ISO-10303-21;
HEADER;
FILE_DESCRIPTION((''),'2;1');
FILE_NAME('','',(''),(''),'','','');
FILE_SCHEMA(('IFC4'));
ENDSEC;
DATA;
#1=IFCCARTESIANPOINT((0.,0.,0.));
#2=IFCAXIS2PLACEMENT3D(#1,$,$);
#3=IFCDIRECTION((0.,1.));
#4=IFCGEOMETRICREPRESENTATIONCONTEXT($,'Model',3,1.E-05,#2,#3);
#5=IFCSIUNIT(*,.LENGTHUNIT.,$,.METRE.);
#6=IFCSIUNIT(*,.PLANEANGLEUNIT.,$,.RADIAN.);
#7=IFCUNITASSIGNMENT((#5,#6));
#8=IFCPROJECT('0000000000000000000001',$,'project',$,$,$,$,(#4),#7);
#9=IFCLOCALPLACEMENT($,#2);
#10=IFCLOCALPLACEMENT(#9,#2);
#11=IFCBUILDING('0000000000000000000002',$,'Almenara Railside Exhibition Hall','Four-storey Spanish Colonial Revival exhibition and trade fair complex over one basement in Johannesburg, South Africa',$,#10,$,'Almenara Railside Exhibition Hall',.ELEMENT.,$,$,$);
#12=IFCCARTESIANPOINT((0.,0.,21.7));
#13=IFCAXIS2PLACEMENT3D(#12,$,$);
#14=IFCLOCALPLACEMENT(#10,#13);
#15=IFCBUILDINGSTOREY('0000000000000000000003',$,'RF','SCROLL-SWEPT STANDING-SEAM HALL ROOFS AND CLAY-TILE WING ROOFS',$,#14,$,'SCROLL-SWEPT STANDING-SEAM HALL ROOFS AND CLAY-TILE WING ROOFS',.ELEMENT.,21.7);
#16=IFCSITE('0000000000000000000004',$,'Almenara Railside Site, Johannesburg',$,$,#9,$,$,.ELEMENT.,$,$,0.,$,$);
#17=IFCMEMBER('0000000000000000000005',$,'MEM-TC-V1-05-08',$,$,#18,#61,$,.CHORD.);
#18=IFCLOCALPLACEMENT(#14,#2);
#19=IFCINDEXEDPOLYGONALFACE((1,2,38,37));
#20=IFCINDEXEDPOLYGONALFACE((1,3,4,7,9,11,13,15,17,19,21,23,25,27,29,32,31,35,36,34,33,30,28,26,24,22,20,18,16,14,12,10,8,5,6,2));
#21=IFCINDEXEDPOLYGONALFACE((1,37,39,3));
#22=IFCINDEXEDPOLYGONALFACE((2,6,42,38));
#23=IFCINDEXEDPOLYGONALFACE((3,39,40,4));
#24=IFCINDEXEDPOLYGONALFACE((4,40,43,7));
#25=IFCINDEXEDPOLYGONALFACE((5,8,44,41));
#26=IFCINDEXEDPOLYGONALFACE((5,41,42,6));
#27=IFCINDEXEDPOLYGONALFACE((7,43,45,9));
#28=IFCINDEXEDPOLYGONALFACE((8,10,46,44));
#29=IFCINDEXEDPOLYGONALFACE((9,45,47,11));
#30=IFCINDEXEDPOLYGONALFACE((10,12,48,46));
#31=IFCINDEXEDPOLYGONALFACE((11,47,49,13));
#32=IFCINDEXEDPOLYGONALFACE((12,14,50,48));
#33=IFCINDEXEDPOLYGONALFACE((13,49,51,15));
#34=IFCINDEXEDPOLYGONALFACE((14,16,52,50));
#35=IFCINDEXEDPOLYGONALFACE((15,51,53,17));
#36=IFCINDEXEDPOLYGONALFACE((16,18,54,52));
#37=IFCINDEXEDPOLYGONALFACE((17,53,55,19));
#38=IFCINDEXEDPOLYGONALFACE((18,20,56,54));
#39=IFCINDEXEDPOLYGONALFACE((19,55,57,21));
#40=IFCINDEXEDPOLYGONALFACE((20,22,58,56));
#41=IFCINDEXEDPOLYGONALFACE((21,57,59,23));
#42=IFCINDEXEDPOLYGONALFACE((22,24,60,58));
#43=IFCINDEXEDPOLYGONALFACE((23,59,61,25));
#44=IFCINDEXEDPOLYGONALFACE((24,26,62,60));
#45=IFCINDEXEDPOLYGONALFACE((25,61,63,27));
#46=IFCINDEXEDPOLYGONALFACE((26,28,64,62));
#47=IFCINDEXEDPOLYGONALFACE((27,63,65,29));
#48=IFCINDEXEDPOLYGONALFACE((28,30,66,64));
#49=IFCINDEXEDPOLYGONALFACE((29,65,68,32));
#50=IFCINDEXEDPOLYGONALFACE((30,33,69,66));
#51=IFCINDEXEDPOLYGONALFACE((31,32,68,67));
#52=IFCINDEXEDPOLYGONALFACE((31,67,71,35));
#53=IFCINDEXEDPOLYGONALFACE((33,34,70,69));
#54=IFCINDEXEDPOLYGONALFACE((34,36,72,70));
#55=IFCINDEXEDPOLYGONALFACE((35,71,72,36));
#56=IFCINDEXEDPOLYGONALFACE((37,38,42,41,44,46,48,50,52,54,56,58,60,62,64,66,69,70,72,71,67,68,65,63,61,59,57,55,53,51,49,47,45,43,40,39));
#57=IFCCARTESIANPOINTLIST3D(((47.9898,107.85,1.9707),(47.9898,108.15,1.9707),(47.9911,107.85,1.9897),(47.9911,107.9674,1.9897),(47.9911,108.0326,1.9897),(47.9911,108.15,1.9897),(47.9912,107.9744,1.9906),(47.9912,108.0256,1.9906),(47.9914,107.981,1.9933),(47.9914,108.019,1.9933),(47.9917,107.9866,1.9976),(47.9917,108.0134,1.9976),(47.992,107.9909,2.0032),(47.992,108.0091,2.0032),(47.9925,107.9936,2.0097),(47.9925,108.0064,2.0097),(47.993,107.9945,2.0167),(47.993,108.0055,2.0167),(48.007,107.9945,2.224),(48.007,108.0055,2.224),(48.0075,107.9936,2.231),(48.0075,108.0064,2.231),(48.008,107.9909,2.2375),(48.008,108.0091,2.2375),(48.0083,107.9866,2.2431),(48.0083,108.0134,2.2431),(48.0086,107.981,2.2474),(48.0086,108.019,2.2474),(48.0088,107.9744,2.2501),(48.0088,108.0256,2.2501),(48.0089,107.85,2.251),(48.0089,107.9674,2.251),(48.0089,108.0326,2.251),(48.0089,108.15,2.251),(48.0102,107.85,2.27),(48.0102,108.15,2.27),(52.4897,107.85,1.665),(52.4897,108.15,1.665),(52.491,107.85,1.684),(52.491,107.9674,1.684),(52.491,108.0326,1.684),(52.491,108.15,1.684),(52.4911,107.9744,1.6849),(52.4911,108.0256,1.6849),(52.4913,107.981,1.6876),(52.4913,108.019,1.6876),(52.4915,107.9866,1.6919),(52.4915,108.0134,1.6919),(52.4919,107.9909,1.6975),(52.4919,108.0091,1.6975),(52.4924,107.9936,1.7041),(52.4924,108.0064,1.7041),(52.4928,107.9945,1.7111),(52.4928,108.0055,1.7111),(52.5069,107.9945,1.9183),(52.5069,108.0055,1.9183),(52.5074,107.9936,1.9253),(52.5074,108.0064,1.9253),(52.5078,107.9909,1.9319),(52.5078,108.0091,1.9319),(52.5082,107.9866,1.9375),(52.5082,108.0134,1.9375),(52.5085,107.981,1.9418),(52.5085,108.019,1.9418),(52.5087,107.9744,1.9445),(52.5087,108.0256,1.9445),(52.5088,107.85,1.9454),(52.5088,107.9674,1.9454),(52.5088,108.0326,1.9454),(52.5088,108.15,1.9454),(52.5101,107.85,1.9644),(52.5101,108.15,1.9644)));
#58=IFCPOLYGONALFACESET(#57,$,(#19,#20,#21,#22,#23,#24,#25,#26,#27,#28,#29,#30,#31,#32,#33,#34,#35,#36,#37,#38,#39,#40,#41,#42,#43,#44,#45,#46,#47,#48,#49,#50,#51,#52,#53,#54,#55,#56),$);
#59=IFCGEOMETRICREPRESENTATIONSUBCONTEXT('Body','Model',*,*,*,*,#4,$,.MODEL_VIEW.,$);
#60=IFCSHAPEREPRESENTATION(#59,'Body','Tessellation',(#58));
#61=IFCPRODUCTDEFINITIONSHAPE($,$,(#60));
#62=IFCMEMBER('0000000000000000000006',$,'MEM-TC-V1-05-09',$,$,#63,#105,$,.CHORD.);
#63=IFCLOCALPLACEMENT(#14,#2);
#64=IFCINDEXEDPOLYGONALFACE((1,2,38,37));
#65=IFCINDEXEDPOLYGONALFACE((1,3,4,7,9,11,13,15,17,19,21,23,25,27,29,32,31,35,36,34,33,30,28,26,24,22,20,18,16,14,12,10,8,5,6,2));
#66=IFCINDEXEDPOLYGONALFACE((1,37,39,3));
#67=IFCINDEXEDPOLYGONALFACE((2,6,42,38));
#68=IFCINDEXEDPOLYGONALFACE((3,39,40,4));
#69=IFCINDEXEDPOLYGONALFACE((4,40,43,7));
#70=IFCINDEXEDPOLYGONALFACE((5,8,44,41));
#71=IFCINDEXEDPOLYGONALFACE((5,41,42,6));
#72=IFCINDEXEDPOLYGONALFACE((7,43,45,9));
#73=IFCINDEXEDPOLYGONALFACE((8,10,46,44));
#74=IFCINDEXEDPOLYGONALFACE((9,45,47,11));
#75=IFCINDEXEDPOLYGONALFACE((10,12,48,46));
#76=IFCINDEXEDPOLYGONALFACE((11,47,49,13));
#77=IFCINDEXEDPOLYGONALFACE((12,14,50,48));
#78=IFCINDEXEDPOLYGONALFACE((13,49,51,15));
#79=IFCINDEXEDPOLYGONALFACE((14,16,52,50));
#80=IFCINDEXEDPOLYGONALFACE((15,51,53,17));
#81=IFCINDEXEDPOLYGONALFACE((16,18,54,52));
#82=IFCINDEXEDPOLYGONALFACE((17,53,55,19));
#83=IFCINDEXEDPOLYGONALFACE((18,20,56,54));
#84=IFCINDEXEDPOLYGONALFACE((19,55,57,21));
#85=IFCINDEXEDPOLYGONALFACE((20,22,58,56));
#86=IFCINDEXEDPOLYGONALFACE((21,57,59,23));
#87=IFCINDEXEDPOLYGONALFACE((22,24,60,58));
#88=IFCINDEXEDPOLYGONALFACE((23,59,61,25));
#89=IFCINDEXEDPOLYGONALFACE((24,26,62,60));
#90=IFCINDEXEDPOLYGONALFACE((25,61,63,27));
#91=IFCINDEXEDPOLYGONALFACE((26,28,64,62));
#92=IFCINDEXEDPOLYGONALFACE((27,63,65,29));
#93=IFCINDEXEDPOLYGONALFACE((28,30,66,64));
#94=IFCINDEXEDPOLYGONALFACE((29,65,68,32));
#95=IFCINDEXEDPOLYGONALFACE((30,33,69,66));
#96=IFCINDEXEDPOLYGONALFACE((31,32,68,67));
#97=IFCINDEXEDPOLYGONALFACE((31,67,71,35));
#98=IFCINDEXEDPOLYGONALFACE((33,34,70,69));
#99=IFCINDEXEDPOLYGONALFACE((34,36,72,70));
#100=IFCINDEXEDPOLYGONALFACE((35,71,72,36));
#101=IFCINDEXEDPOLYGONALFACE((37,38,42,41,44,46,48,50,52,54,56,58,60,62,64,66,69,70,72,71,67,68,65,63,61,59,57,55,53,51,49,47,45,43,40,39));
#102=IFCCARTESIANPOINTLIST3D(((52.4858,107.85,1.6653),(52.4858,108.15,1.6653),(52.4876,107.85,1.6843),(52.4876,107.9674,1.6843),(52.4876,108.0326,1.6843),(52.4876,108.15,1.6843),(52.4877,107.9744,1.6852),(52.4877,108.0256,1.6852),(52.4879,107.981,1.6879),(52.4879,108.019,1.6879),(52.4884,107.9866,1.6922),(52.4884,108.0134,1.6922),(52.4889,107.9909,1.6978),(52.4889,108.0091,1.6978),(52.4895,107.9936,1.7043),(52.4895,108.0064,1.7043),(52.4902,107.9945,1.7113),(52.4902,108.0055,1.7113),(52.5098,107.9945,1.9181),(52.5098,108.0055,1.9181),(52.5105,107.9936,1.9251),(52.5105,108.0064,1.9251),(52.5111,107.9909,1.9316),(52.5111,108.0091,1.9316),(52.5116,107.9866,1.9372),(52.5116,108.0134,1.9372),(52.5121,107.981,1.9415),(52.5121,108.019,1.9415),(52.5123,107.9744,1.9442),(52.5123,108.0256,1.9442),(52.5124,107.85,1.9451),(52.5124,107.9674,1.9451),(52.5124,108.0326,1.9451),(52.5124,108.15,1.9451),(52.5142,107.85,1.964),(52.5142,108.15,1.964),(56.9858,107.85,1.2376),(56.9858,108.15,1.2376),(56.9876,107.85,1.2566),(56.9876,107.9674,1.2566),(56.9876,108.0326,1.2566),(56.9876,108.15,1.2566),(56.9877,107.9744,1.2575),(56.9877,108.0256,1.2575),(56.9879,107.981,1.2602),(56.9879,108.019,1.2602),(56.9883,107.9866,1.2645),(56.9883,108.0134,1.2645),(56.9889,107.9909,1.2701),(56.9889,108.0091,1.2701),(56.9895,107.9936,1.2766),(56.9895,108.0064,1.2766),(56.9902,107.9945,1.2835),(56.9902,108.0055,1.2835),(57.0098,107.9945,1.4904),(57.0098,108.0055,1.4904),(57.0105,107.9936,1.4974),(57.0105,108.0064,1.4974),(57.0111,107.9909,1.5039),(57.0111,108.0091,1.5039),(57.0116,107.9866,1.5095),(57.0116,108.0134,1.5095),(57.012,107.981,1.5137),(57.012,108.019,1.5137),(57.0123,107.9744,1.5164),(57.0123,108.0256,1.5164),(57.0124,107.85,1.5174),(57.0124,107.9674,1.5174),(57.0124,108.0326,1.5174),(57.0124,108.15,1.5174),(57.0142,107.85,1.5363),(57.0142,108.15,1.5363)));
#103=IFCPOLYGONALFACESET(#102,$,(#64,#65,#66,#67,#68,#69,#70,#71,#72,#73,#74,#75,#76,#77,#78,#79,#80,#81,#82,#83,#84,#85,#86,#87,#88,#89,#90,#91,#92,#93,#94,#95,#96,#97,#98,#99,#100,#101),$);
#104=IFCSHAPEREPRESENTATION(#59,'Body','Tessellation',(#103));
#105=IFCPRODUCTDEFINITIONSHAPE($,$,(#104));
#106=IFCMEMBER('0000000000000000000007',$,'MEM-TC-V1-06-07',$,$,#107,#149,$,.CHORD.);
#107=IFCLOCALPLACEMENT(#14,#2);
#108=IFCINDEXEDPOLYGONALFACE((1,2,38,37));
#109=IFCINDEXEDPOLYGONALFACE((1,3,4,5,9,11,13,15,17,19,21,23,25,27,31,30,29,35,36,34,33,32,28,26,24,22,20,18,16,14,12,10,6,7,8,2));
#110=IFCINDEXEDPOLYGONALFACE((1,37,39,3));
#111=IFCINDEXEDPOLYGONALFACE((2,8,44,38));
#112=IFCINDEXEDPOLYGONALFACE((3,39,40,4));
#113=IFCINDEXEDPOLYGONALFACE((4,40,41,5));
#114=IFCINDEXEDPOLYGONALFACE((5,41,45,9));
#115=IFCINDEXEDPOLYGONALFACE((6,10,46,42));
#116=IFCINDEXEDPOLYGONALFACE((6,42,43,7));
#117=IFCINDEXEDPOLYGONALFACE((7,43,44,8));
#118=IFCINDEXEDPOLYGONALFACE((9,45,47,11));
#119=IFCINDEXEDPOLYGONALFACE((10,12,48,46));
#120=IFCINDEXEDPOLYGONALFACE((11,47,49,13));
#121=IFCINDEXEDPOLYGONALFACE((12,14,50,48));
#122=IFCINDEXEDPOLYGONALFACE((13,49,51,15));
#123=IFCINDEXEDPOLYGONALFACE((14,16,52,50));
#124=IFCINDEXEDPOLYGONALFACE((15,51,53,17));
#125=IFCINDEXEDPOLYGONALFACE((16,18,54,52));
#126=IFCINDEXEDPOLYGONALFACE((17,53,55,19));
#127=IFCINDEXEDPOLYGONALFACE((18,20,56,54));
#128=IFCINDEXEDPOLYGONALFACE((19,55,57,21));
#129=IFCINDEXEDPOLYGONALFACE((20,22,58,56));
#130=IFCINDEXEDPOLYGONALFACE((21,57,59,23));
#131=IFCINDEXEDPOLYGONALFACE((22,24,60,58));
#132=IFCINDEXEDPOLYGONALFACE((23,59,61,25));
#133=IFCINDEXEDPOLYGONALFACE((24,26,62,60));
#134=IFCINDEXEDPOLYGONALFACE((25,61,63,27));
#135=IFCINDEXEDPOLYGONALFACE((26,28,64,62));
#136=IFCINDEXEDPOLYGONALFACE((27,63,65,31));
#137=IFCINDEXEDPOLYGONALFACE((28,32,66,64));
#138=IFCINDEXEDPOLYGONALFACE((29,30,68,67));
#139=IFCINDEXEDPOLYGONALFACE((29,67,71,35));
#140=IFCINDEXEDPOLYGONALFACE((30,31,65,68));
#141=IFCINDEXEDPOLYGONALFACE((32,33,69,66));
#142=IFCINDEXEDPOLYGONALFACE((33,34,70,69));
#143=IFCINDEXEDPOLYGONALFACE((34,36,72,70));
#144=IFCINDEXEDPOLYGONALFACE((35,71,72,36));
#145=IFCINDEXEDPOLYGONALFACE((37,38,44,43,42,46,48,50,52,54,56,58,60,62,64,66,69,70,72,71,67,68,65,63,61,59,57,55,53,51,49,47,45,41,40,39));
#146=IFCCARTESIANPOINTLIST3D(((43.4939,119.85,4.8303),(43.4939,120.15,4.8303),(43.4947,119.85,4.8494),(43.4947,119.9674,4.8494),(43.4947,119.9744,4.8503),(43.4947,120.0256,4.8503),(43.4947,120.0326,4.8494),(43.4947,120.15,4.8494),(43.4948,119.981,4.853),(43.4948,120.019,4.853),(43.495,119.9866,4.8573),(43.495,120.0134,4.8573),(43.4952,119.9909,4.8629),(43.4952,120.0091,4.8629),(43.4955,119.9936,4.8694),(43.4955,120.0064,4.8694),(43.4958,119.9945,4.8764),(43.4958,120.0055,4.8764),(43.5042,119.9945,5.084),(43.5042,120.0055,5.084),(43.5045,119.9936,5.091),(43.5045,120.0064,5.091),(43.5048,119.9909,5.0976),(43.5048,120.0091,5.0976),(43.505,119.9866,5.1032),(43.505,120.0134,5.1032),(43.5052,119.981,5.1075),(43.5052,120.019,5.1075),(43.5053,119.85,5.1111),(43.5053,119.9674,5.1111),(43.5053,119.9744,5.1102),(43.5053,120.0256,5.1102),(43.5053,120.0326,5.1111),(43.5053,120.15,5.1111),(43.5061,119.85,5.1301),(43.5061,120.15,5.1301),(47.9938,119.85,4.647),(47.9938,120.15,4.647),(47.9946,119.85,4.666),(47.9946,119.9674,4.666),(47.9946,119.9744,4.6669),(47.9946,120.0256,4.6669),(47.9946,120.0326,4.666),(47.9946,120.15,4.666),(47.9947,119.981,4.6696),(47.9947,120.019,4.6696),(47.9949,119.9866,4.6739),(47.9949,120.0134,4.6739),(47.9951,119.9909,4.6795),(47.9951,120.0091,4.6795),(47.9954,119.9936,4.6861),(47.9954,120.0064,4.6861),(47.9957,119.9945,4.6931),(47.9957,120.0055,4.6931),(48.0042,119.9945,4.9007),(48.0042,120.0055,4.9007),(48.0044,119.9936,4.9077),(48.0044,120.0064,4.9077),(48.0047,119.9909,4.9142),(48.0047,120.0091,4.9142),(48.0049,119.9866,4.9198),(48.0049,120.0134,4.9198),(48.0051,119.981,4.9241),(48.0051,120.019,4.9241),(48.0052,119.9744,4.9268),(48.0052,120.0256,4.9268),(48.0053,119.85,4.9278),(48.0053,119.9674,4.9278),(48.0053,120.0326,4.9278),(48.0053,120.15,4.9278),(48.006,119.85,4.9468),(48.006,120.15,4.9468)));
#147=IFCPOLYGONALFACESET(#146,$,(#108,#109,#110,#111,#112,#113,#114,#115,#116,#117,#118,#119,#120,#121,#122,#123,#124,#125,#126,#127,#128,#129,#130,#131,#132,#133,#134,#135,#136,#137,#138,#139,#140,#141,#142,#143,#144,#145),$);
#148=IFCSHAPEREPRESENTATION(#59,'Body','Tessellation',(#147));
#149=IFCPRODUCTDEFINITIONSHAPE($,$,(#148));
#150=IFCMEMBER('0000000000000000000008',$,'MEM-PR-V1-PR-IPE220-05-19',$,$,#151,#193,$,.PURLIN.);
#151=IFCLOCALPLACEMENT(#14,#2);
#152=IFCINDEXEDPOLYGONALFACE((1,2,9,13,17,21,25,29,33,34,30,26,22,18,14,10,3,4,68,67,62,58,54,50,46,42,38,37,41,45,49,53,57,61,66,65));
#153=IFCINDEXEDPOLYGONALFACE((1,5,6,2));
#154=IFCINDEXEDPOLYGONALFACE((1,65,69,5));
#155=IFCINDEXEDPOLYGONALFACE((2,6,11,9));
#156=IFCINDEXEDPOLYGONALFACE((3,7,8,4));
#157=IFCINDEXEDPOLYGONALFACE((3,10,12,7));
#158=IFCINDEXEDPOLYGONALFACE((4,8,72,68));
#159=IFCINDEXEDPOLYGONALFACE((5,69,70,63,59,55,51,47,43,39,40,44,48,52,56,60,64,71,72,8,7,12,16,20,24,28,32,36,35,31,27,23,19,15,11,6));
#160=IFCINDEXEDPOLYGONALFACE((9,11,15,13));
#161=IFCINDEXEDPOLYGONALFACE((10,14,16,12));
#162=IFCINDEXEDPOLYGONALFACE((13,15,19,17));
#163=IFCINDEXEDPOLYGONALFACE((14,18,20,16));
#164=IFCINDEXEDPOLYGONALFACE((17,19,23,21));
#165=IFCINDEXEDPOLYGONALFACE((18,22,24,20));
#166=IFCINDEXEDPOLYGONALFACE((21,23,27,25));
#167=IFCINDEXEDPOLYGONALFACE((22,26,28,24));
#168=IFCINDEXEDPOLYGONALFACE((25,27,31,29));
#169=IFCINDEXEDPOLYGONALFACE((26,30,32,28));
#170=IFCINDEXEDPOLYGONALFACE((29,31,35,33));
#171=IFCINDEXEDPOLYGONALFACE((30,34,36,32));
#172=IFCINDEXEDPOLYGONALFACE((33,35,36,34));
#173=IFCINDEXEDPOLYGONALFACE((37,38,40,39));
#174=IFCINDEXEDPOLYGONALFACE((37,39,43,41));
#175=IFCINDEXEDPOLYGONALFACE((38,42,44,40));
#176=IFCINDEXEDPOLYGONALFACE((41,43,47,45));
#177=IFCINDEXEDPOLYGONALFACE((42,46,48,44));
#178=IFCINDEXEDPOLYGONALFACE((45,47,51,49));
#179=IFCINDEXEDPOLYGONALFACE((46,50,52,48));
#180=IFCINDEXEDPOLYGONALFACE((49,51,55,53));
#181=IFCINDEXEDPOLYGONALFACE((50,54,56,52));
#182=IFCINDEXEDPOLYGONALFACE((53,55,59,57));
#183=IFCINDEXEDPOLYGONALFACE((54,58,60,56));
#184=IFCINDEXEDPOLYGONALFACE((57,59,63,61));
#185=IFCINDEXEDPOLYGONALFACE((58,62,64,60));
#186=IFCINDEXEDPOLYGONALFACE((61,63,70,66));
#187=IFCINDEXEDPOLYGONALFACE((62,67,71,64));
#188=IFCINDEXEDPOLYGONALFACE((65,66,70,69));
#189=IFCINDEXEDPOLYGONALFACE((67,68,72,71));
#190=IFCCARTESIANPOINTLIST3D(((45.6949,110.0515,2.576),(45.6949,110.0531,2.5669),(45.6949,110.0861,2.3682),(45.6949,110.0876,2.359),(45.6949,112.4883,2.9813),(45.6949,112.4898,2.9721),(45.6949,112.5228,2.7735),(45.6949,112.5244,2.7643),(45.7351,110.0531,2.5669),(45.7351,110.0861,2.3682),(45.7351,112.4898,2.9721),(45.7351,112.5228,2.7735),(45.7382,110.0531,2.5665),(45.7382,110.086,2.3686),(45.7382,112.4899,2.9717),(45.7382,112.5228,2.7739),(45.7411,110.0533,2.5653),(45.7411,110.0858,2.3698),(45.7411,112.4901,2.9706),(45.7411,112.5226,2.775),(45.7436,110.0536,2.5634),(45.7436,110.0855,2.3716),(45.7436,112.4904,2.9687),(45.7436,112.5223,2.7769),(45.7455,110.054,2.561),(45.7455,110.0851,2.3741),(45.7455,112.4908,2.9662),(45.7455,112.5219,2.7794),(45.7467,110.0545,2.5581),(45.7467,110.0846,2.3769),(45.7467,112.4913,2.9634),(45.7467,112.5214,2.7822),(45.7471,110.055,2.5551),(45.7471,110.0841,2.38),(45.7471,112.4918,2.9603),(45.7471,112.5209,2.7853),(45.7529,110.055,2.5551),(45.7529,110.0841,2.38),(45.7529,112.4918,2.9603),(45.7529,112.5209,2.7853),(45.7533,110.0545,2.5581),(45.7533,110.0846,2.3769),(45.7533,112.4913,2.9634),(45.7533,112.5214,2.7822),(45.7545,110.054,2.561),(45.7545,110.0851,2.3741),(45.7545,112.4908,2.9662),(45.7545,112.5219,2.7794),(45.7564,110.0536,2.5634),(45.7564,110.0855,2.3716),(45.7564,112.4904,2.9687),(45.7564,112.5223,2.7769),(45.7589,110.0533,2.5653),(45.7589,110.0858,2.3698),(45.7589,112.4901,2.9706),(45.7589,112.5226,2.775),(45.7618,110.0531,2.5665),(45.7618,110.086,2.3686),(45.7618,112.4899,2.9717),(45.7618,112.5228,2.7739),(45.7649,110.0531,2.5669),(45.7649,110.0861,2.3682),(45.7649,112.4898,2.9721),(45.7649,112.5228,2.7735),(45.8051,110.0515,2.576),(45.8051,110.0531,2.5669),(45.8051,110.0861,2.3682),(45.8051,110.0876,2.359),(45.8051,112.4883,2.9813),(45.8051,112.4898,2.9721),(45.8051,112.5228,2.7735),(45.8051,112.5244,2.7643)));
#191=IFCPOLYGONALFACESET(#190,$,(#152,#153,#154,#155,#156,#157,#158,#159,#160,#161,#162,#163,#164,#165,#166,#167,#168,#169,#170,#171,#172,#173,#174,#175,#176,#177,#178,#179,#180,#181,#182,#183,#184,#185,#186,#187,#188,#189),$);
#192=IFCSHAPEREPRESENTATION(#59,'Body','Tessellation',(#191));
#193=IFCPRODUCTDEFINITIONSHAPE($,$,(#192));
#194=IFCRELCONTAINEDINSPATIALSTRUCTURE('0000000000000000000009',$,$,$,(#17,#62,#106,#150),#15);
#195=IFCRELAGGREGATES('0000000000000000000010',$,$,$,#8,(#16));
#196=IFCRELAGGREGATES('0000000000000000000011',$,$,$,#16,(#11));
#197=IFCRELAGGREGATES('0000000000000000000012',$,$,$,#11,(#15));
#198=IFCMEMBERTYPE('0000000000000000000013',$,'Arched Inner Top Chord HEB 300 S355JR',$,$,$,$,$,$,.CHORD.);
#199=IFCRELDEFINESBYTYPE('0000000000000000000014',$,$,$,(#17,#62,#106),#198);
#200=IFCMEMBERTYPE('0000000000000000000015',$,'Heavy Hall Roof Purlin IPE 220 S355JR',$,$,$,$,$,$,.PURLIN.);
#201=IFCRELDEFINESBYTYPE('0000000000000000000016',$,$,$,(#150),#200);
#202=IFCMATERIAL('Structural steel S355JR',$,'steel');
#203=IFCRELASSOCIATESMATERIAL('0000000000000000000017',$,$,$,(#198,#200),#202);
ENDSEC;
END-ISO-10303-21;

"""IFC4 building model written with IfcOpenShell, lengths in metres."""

from ifc_helpers import new_model, si_unit, direction, frame, origin, origin_2d, place, context, subcontext, project, spatial, i_section, extrude, material, material_profile, profile_set, type_object, element, save


model = new_model("IFC4")

# Units and contexts
model_context = context("Model", 3, precision=1e-05, world=origin(), true_north=direction((0.0, 1.0)))
body_context = subcontext(model_context, "Body", "Model", "MODEL_VIEW")
ifc_project = project(units=[si_unit("LENGTHUNIT", "METRE"), si_unit("PLANEANGLEUNIT", "RADIAN")], contexts=[model_context])

# Site, building, storey
site_placement = place(None, origin())
site = spatial("IfcSite", under=ifc_project, at=site_placement, Name="Almenara Railside Site, Johannesburg", CompositionType="ELEMENT", RefElevation=0.0)
building_placement = place(site_placement, origin())
building = spatial("IfcBuilding", under=site, at=building_placement, Name="Almenara Railside Exhibition Hall", Description="Four-storey Spanish Colonial Revival exhibition and trade fair complex over one basement in Johannesburg, South Africa", LongName="Almenara Railside Exhibition Hall", CompositionType="ELEMENT")
storey_placement = place(building_placement, frame((0.0, 0.0, 21.7)))
storey = spatial("IfcBuildingStorey", under=building, at=storey_placement, Name="RF", Description="SCROLL-SWEPT STANDING-SEAM HALL ROOFS AND CLAY-TILE WING ROOFS", LongName="SCROLL-SWEPT STANDING-SEAM HALL ROOFS AND CLAY-TILE WING ROOFS", CompositionType="ELEMENT", Elevation=21.7)

# Members
ifc_material_1 = material(Name="Structural steel S355JR", Category="steel")
ifc_material_profile_1 = material_profile(ifc_material_1, i_section(OverallWidth=0.3, OverallDepth=0.3, WebThickness=0.011, FlangeThickness=0.019, FilletRadius=0.0271, at=origin_2d()), Name="HEB 300")
ifc_profile_set_1 = profile_set([ifc_material_profile_1], Name="Structural steel S355JR")
member_type_1 = type_object("IfcMemberType", Name="Arched Inner Top Chord HEB 300 S355JR", PredefinedType="CHORD", material=ifc_profile_set_1)
member_1_placement = place(storey_placement, frame((48.0, 108.0, 2.1204), z_axis=(0.997701, 0.0, -0.067769), x_axis=(0.0, 1.0, 0.0)))
element("IfcMember", 1, at=member_1_placement, inside=storey, type_object=member_type_1, Name="MEM-TC-V1-05-08", PredefinedType="CHORD", context=body_context, shape_type="SweptSolid", body=[
    extrude(i_section(OverallWidth=0.3, OverallDepth=0.3, WebThickness=0.011, FlangeThickness=0.019, FilletRadius=0.0271, at=origin_2d()), origin(), (0.0, 0.0, 1.0), 4.5103),
])
member_2_placement = place(storey_placement, frame((52.5, 108.0, 1.8147), z_axis=(0.995513, 0.0, -0.094626), x_axis=(0.0, 1.0, 0.0)))
element("IfcMember", 2, at=member_2_placement, inside=storey, type_object=member_type_1, Name="MEM-TC-V1-05-09", PredefinedType="CHORD", context=body_context, shape_type="SweptSolid", body=[
    extrude(i_section(OverallWidth=0.3, OverallDepth=0.3, WebThickness=0.011, FlangeThickness=0.019, FilletRadius=0.0271, at=origin_2d()), origin(), (0.0, 0.0, 1.0), 4.5203),
])
member_3_placement = place(storey_placement, frame((43.5, 120.0, 4.9802), z_axis=(0.999171, 0.0, -0.040711), x_axis=(0.0, 1.0, 0.0)))
element("IfcMember", 3, at=member_3_placement, inside=storey, type_object=member_type_1, Name="MEM-TC-V1-06-07", PredefinedType="CHORD", context=body_context, shape_type="SweptSolid", body=[
    extrude(i_section(OverallWidth=0.3, OverallDepth=0.3, WebThickness=0.011, FlangeThickness=0.019, FilletRadius=0.0271, at=origin_2d()), origin(), (0.0, 0.0, 1.0), 4.5037),
])
ifc_material_profile_2 = material_profile(ifc_material_1, i_section(OverallWidth=0.1101, OverallDepth=0.22, WebThickness=0.0059, FlangeThickness=0.0093, FilletRadius=0.012, at=origin_2d()), Name="IPE 220")
ifc_profile_set_2 = profile_set([ifc_material_profile_2], Name="Structural steel S355JR")
member_type_2 = type_object("IfcMemberType", Name="Heavy Hall Roof Purlin IPE 220 S355JR", PredefinedType="PURLIN", material=ifc_profile_set_2)
member_4_placement = place(storey_placement, frame((45.75, 110.0696, 2.4675), z_axis=(0.0, 0.98645, 0.164062), x_axis=(-1.0, 0.0, 0.0)))
element("IfcMember", 4, at=member_4_placement, inside=storey, type_object=member_type_2, Name="MEM-PR-V1-PR-IPE220-05-19", PredefinedType="PURLIN", context=body_context, shape_type="SweptSolid", body=[
    extrude(i_section(OverallWidth=0.1101, OverallDepth=0.22, WebThickness=0.0059, FlangeThickness=0.0093, FilletRadius=0.012, at=origin_2d()), origin(), (0.0, 0.0, 1.0), 2.4702),
])

save(model, "model.ifc")
